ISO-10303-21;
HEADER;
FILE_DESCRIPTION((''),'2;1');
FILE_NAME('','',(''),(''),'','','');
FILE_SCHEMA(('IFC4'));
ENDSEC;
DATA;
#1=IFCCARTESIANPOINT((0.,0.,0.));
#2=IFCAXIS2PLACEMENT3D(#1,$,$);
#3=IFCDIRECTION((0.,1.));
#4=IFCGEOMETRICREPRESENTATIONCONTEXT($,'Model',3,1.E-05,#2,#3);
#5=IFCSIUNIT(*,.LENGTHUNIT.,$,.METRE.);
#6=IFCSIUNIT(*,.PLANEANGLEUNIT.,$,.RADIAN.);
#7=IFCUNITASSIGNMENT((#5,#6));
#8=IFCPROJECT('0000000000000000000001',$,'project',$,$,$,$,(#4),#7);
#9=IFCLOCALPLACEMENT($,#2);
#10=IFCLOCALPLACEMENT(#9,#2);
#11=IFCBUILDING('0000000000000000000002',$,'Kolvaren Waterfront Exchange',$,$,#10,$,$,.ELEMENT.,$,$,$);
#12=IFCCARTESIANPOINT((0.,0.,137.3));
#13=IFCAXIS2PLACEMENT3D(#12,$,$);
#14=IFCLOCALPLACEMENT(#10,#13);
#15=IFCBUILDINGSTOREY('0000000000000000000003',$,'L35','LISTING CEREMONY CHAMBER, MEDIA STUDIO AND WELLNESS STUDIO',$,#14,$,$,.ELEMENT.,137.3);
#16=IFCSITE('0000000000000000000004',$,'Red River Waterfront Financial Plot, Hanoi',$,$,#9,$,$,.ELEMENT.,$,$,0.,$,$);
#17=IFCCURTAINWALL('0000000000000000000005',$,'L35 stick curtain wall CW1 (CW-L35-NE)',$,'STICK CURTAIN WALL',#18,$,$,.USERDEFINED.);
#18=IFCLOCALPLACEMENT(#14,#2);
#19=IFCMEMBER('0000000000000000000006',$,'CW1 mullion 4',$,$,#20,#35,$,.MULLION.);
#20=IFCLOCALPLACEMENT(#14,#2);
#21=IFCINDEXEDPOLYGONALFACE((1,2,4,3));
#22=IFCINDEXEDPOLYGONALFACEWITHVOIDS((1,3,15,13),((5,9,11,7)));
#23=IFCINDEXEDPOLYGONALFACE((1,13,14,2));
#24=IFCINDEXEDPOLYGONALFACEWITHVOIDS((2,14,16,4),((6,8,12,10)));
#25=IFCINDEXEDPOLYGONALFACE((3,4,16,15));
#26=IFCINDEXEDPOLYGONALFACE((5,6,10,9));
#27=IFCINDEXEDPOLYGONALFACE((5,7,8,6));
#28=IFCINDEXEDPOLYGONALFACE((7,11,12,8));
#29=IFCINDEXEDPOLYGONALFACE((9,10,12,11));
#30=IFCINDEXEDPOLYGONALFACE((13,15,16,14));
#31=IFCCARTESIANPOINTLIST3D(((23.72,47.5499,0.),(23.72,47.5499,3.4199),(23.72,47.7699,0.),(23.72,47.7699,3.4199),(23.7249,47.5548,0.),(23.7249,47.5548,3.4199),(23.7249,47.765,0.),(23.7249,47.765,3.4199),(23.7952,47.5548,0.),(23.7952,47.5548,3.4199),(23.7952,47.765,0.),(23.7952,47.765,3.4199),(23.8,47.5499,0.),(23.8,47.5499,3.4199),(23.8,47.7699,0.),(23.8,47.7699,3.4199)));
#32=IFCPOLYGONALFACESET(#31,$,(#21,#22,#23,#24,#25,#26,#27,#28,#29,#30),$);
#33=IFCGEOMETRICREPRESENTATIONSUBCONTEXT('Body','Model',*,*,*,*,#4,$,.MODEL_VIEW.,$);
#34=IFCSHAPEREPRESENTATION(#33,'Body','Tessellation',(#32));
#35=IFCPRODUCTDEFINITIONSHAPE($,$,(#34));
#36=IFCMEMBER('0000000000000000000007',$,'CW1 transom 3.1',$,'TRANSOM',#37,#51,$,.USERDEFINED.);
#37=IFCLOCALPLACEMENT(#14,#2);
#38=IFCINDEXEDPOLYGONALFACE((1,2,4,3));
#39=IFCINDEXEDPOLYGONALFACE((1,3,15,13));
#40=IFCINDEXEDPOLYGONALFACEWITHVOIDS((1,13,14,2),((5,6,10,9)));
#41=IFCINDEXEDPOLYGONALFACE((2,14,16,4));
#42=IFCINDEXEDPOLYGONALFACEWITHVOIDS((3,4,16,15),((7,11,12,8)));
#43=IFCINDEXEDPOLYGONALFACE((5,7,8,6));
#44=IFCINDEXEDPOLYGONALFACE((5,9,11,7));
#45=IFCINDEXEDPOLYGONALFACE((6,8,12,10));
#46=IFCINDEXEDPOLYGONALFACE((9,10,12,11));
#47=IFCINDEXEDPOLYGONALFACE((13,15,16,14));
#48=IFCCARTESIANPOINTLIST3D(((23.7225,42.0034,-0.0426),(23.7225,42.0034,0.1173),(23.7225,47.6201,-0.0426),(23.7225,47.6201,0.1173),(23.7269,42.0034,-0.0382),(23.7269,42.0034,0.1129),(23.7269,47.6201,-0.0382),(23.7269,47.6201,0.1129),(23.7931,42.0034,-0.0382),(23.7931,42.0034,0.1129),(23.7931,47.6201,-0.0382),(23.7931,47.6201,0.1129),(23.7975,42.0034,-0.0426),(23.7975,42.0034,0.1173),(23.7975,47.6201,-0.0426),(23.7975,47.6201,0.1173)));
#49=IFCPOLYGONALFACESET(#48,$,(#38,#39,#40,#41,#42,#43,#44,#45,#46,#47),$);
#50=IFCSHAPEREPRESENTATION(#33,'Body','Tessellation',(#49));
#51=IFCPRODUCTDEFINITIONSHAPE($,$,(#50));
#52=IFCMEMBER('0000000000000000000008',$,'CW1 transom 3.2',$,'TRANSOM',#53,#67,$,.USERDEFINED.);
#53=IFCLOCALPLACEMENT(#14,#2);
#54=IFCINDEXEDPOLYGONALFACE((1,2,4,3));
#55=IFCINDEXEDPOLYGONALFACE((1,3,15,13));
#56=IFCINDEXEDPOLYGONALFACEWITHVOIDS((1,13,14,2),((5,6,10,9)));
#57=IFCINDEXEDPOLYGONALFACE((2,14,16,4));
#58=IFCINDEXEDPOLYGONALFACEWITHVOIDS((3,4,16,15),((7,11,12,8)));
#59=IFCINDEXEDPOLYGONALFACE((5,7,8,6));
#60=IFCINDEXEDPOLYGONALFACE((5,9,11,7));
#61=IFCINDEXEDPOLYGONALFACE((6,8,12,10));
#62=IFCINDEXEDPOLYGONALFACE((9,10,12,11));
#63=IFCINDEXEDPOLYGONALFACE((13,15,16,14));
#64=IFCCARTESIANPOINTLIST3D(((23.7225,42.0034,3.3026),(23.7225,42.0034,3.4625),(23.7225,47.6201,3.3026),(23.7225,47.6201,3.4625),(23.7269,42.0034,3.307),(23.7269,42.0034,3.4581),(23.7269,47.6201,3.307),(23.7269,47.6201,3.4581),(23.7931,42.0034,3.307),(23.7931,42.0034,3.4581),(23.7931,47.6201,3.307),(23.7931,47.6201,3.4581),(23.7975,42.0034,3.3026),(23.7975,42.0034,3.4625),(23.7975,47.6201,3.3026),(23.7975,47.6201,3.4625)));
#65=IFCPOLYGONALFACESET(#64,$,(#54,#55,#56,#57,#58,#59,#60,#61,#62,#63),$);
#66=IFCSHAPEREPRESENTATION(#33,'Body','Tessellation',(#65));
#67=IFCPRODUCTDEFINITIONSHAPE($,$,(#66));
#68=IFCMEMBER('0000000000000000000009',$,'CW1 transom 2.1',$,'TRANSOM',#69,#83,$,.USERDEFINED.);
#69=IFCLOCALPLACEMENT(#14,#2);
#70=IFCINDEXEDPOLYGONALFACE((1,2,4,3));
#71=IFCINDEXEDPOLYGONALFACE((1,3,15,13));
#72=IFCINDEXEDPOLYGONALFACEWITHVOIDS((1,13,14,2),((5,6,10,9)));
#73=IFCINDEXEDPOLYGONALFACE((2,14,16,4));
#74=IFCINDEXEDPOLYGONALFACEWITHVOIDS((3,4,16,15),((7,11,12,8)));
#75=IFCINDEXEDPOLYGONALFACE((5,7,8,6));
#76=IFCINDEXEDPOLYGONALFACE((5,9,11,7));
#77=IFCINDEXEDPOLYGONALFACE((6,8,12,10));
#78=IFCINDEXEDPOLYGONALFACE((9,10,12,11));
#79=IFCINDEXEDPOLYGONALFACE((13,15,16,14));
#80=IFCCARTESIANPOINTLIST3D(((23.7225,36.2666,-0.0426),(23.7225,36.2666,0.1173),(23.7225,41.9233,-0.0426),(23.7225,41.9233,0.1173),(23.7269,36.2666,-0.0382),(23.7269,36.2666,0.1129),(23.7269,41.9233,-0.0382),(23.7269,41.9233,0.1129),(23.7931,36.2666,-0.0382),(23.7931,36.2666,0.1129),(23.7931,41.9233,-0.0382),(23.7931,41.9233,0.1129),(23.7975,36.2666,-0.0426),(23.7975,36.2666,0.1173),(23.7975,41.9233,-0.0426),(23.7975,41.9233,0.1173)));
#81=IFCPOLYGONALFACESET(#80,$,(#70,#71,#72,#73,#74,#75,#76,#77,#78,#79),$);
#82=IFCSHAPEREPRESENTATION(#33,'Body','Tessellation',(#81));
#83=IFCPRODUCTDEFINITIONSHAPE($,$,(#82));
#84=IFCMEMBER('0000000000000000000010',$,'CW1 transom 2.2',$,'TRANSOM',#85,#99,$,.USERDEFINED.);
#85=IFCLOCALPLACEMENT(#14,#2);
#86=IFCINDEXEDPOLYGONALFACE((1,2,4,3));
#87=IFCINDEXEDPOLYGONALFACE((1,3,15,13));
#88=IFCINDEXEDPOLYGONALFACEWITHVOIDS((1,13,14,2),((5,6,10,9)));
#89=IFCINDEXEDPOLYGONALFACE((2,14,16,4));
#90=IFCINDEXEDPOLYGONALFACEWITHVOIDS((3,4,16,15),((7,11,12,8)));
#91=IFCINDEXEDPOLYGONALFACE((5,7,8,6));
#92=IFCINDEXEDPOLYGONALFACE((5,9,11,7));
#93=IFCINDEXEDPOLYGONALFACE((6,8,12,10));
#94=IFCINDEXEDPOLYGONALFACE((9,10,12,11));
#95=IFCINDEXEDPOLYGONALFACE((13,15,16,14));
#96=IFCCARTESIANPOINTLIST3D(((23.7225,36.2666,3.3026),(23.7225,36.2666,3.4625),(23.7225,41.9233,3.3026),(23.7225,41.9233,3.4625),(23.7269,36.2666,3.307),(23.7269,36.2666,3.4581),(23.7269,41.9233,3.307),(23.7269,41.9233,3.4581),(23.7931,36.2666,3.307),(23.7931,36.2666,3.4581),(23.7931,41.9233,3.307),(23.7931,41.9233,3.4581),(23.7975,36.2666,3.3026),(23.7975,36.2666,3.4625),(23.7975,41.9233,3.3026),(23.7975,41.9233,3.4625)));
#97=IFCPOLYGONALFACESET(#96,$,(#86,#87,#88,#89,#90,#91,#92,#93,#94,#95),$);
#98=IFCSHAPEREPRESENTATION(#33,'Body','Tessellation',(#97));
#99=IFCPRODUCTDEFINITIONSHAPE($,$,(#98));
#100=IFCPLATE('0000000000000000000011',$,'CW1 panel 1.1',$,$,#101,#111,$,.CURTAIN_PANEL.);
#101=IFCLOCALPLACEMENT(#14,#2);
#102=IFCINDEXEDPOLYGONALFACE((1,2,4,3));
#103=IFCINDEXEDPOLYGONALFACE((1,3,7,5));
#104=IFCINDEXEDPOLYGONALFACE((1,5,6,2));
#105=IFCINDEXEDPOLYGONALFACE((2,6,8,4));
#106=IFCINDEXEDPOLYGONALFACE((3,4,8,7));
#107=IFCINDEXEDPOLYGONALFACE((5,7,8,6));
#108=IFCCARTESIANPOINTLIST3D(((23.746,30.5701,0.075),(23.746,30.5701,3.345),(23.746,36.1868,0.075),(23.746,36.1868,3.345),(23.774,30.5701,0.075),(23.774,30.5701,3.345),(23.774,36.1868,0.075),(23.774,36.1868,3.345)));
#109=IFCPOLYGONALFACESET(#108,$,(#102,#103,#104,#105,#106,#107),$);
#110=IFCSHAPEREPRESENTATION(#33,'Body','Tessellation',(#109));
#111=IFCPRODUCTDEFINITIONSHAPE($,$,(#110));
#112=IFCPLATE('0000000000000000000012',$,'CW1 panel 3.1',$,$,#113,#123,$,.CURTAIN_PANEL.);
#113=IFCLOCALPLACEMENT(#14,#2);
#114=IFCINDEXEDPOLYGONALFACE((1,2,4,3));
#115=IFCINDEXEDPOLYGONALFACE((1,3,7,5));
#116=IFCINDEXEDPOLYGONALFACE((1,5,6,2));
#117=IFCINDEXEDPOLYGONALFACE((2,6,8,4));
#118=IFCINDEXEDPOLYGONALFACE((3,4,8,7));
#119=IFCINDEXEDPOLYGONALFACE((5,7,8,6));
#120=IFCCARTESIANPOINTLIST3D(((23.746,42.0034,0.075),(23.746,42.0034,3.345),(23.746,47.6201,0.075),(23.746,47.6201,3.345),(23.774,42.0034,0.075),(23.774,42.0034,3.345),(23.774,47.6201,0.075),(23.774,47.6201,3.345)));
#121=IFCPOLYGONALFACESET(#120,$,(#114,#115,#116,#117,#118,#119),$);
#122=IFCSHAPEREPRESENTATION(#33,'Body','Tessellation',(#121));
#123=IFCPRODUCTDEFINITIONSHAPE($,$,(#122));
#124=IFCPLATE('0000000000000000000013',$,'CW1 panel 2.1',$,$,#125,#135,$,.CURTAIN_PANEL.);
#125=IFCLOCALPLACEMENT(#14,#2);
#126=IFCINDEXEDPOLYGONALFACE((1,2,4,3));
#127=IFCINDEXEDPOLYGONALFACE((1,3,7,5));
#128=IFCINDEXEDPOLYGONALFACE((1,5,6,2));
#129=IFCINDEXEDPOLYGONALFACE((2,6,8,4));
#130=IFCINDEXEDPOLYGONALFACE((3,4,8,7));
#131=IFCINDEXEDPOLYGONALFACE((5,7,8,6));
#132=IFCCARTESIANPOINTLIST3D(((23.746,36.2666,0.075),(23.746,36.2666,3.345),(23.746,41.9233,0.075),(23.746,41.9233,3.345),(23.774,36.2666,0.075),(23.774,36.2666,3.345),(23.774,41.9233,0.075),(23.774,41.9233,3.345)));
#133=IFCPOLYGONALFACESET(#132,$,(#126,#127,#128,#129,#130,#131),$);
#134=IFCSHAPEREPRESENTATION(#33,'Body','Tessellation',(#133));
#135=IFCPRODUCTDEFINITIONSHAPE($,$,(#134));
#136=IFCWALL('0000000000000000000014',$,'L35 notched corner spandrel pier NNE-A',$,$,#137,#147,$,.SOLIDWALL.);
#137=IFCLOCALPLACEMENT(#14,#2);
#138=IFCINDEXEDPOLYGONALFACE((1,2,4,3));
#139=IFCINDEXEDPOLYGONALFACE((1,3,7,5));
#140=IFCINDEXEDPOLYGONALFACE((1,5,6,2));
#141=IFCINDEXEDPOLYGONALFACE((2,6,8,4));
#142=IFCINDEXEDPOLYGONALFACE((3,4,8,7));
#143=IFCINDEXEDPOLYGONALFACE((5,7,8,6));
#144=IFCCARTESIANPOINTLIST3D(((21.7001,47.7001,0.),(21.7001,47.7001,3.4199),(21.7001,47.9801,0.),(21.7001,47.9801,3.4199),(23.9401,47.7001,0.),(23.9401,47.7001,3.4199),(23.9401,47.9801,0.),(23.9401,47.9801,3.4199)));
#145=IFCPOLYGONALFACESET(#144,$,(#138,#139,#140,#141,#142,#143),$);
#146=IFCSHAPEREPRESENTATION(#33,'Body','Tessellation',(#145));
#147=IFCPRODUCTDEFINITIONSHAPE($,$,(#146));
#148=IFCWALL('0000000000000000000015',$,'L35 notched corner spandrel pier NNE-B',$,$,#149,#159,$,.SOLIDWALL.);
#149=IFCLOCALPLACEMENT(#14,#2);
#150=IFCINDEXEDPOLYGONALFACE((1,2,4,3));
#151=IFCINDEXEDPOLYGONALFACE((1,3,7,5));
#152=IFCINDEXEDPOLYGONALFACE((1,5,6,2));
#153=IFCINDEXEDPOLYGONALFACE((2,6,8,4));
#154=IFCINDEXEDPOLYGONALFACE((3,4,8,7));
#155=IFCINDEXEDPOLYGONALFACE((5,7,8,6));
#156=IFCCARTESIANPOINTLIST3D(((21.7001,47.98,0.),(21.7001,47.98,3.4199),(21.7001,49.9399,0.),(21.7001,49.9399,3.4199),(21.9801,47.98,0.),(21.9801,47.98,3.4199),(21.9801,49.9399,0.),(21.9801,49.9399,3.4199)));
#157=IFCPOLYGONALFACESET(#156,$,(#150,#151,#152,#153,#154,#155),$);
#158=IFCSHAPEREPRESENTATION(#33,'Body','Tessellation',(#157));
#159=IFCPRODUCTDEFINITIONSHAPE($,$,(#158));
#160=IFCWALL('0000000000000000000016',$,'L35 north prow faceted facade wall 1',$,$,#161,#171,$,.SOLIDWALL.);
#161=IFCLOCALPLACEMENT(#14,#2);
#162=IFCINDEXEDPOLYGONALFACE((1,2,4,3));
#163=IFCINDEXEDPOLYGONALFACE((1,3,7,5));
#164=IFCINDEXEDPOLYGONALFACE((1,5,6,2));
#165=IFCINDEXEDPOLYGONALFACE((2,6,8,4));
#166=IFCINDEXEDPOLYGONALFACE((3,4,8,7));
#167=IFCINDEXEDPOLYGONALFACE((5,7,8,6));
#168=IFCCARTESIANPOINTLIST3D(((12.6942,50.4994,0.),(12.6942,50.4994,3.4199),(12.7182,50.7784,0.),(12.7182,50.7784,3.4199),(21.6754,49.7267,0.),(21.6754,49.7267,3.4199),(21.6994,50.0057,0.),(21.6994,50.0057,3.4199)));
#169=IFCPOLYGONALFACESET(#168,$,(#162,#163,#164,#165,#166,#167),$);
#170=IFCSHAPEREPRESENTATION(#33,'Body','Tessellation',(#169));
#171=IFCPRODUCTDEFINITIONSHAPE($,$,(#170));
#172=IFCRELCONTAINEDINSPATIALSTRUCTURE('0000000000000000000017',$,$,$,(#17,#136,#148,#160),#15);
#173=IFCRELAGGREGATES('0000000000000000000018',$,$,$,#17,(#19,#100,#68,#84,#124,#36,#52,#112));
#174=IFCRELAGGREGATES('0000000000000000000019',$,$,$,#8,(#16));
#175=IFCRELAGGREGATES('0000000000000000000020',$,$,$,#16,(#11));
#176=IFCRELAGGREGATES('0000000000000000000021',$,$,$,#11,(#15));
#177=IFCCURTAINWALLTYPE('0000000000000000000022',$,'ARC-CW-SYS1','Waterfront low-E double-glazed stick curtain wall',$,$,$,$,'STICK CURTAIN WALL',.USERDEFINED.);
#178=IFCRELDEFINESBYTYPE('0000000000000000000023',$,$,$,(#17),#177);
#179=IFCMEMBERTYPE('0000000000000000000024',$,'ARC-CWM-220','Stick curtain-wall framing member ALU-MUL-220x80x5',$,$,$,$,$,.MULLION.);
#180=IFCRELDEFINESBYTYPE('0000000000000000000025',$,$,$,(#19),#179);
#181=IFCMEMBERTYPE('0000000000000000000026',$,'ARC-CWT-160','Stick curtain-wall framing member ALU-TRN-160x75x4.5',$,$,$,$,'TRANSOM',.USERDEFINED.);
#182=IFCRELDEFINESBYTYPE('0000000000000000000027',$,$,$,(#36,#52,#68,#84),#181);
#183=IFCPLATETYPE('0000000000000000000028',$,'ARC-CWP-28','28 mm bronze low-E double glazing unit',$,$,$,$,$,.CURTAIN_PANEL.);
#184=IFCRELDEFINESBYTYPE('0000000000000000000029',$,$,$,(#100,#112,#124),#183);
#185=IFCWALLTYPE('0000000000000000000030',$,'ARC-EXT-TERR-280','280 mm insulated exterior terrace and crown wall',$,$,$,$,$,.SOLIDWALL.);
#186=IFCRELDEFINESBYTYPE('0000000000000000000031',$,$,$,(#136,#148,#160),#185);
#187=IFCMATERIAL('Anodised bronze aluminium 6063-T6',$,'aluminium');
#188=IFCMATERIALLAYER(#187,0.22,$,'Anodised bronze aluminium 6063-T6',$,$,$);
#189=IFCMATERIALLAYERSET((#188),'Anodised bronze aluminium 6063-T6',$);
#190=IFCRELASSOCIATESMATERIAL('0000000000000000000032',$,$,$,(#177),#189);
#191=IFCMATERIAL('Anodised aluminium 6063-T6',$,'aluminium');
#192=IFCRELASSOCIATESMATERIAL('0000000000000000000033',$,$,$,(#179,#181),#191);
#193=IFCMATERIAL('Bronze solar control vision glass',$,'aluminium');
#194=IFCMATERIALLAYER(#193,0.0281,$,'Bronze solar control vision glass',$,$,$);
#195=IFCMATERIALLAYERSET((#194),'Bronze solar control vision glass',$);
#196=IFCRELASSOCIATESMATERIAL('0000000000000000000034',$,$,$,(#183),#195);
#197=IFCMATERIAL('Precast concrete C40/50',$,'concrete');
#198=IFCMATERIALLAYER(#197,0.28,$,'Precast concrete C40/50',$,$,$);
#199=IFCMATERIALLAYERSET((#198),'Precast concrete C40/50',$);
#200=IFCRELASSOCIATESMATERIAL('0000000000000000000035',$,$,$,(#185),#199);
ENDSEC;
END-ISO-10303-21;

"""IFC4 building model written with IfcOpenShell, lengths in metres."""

from ifc_helpers import new_model, si_unit, direction, frame, frame_2d, origin, origin_with_axes, origin_2d, place, context, subcontext, project, spatial, rectangle, hollow_rectangle, extrude, source, transform, mapped, material, layer, layer_set, material_profile, profile_set, type_object, element, aggregate, save


model = new_model("IFC4")

# Units and contexts
model_context = context("Model", 3, precision=1e-05, world=origin(), true_north=direction((0.0, 1.0)))
body_context = subcontext(model_context, "Body", "Model", "MODEL_VIEW")
ifc_project = project(units=[si_unit("LENGTHUNIT", "METRE"), si_unit("PLANEANGLEUNIT", "RADIAN")], contexts=[model_context])

# Site, building, storey
site_placement = place(None, origin())
site = spatial("IfcSite", under=ifc_project, at=site_placement, Name="Red River Waterfront Financial Plot, Hanoi", CompositionType="ELEMENT", RefElevation=0.0)
building_placement = place(site_placement, origin())
building = spatial("IfcBuilding", under=site, at=building_placement, Name="Kolvaren Waterfront Exchange", CompositionType="ELEMENT")
storey_placement = place(building_placement, frame((0.0, 0.0, 137.3)))
storey = spatial("IfcBuildingStorey", under=building, at=storey_placement, Name="L35", Description="LISTING CEREMONY CHAMBER, MEDIA STUDIO AND WELLNESS STUDIO", CompositionType="ELEMENT", Elevation=137.3)

# Curtain wall, members, plates
ifc_material_1 = material(Name="Anodised bronze aluminium 6063-T6", Category="aluminium")
ifc_layer_1 = layer(ifc_material_1, 0.22, Name="Anodised bronze aluminium 6063-T6")
ifc_layer_set_1 = layer_set([ifc_layer_1], Name="Anodised bronze aluminium 6063-T6")
curtain_wall_type = type_object("IfcCurtainWallType", Name="ARC-CW-SYS1", Description="Waterfront low-E double-glazed stick curtain wall", ElementType="STICK CURTAIN WALL", PredefinedType="USERDEFINED", material=ifc_layer_set_1)
curtain_wall_placement = place(storey_placement, origin())
curtain_wall = element("IfcCurtainWall", 1, at=curtain_wall_placement, inside=storey, type_object=curtain_wall_type, Name="L35 stick curtain wall CW1 (CW-L35-NE)", ObjectType="STICK CURTAIN WALL", PredefinedType="USERDEFINED")
ifc_material_2 = material(Name="Anodised aluminium 6063-T6", Category="aluminium")
ifc_material_profile_1 = material_profile(ifc_material_2, hollow_rectangle(XDim=0.0801, YDim=0.22, WallThickness=0.0049, at=origin_2d()), Name="ALU-MUL-220x80x5")
ifc_profile_set_1 = profile_set([ifc_material_profile_1], Name="Anodised aluminium 6063-T6")
member_type_1 = type_object("IfcMemberType", Name="ARC-CWM-220", Description="Stick curtain-wall framing member ALU-MUL-220x80x5", PredefinedType="MULLION", material=ifc_profile_set_1)
shared_shape_1 = source(origin_with_axes(), body_context, "Body", "SweptSolid", [
    extrude(hollow_rectangle(XDim=0.0801, YDim=0.22, WallThickness=0.0049, at=origin_2d()), origin(), (0.0, 0.0, 1.0), 3.4199),
])
member_1_placement = place(storey_placement, frame((23.76, 47.6599, 0.0), z_axis=(0.0, 0.0, 1.0), x_axis=(-1.0, 0.0, 0.0)))
member_1 = element("IfcMember", 2, at=member_1_placement, type_object=member_type_1, Name="CW1 mullion 4", PredefinedType="MULLION", context=body_context, shape_type="MappedRepresentation", body=[
    mapped(shared_shape_1, transform((0.0, 0.0, 0.0), x_axis=(1.0, 0.0, 0.0), y_axis=(0.0, 1.0, 0.0), z_axis=(0.0, 0.0, 1.0), scale=1.0)),
])
ifc_material_profile_2 = material_profile(ifc_material_2, hollow_rectangle(XDim=0.075, YDim=0.1599, WallThickness=0.0044, at=origin_2d()), Name="ALU-TRN-160x75x4.5")
ifc_profile_set_2 = profile_set([ifc_material_profile_2], Name="Anodised aluminium 6063-T6")
member_type_2 = type_object("IfcMemberType", Name="ARC-CWT-160", Description="Stick curtain-wall framing member ALU-TRN-160x75x4.5", ElementType="TRANSOM", PredefinedType="USERDEFINED", material=ifc_profile_set_2)
shared_shape_2 = source(origin_with_axes(), body_context, "Body", "SweptSolid", [
    extrude(hollow_rectangle(XDim=0.075, YDim=0.1599, WallThickness=0.0044, at=origin_2d()), origin(), (0.0, 0.0, 1.0), 5.6167),
])
member_2_placement = place(storey_placement, frame((23.76, 42.0034, 0.0374), z_axis=(0.0, 1.0, 0.0), x_axis=(-1.0, 0.0, 0.0)))
member_2 = element("IfcMember", 3, at=member_2_placement, type_object=member_type_2, Name="CW1 transom 3.1", ObjectType="TRANSOM", PredefinedType="USERDEFINED", context=body_context, shape_type="MappedRepresentation", body=[
    mapped(shared_shape_2, transform((0.0, 0.0, 0.0), x_axis=(1.0, 0.0, 0.0), y_axis=(0.0, 1.0, 0.0), z_axis=(0.0, 0.0, 1.0), scale=1.0)),
])
member_3_placement = place(storey_placement, frame((23.76, 42.0034, 3.3826), z_axis=(0.0, 1.0, 0.0), x_axis=(-1.0, 0.0, 0.0)))
member_3 = element("IfcMember", 4, at=member_3_placement, type_object=member_type_2, Name="CW1 transom 3.2", ObjectType="TRANSOM", PredefinedType="USERDEFINED", context=body_context, shape_type="MappedRepresentation", body=[
    mapped(shared_shape_2, transform((0.0, 0.0, 0.0), x_axis=(1.0, 0.0, 0.0), y_axis=(0.0, 1.0, 0.0), z_axis=(0.0, 0.0, 1.0), scale=1.0)),
])
shared_shape_3 = source(origin_with_axes(), body_context, "Body", "SweptSolid", [
    extrude(hollow_rectangle(XDim=0.075, YDim=0.1599, WallThickness=0.0044, at=origin_2d()), origin(), (0.0, 0.0, 1.0), 5.6567),
])
member_4_placement = place(storey_placement, frame((23.76, 36.2666, 0.0374), z_axis=(0.0, 1.0, 0.0), x_axis=(-1.0, 0.0, 0.0)))
member_4 = element("IfcMember", 5, at=member_4_placement, type_object=member_type_2, Name="CW1 transom 2.1", ObjectType="TRANSOM", PredefinedType="USERDEFINED", context=body_context, shape_type="MappedRepresentation", body=[
    mapped(shared_shape_3, transform((0.0, 0.0, 0.0), x_axis=(1.0, 0.0, 0.0), y_axis=(0.0, 1.0, 0.0), z_axis=(0.0, 0.0, 1.0), scale=1.0)),
])
member_5_placement = place(storey_placement, frame((23.76, 36.2666, 3.3826), z_axis=(0.0, 1.0, 0.0), x_axis=(-1.0, 0.0, 0.0)))
member_5 = element("IfcMember", 6, at=member_5_placement, type_object=member_type_2, Name="CW1 transom 2.2", ObjectType="TRANSOM", PredefinedType="USERDEFINED", context=body_context, shape_type="MappedRepresentation", body=[
    mapped(shared_shape_3, transform((0.0, 0.0, 0.0), x_axis=(1.0, 0.0, 0.0), y_axis=(0.0, 1.0, 0.0), z_axis=(0.0, 0.0, 1.0), scale=1.0)),
])
ifc_material_3 = material(Name="Bronze solar control vision glass", Category="aluminium")
ifc_layer_2 = layer(ifc_material_3, 0.0281, Name="Bronze solar control vision glass")
ifc_layer_set_2 = layer_set([ifc_layer_2], Name="Bronze solar control vision glass")
plate_type = type_object("IfcPlateType", Name="ARC-CWP-28", Description="28 mm bronze low-E double glazing unit", PredefinedType="CURTAIN_PANEL", material=ifc_layer_set_2)
shared_shape_4 = source(origin_with_axes(), body_context, "Body", "SweptSolid", [
    extrude(rectangle(XDim=5.6167, YDim=0.0281, at=origin_2d()), origin(), (0.0, 0.0, 1.0), 3.27),
])
plate_1_placement = place(storey_placement, frame((23.76, 33.3784, 0.075), z_axis=(0.0, 0.0, 1.0), x_axis=(0.0, 1.0, 0.0)))
plate_1 = element("IfcPlate", 7, at=plate_1_placement, type_object=plate_type, Name="CW1 panel 1.1", PredefinedType="CURTAIN_PANEL", context=body_context, shape_type="MappedRepresentation", body=[
    mapped(shared_shape_4, transform((0.0, 0.0, 0.0), x_axis=(1.0, 0.0, 0.0), y_axis=(0.0, 1.0, 0.0), z_axis=(0.0, 0.0, 1.0), scale=1.0)),
])
plate_2_placement = place(storey_placement, frame((23.76, 44.8118, 0.075), z_axis=(0.0, 0.0, 1.0), x_axis=(0.0, 1.0, 0.0)))
plate_2 = element("IfcPlate", 8, at=plate_2_placement, type_object=plate_type, Name="CW1 panel 3.1", PredefinedType="CURTAIN_PANEL", context=body_context, shape_type="MappedRepresentation", body=[
    mapped(shared_shape_4, transform((0.0, 0.0, 0.0), x_axis=(1.0, 0.0, 0.0), y_axis=(0.0, 1.0, 0.0), z_axis=(0.0, 0.0, 1.0), scale=1.0)),
])
shared_shape_5 = source(origin_with_axes(), body_context, "Body", "SweptSolid", [
    extrude(rectangle(XDim=5.6567, YDim=0.0281, at=origin_2d()), origin(), (0.0, 0.0, 1.0), 3.27),
])
plate_3_placement = place(storey_placement, frame((23.76, 39.095, 0.075), z_axis=(0.0, 0.0, 1.0), x_axis=(0.0, 1.0, 0.0)))
plate_3 = element("IfcPlate", 9, at=plate_3_placement, type_object=plate_type, Name="CW1 panel 2.1", PredefinedType="CURTAIN_PANEL", context=body_context, shape_type="MappedRepresentation", body=[
    mapped(shared_shape_5, transform((0.0, 0.0, 0.0), x_axis=(1.0, 0.0, 0.0), y_axis=(0.0, 1.0, 0.0), z_axis=(0.0, 0.0, 1.0), scale=1.0)),
])
aggregate(curtain_wall, [member_1, plate_1, member_4, member_5, plate_3, member_2, member_3, plate_2])

# Walls
ifc_material_4 = material(Name="Precast concrete C40/50", Category="concrete")
ifc_layer_3 = layer(ifc_material_4, 0.28, Name="Precast concrete C40/50")
ifc_layer_set_3 = layer_set([ifc_layer_3], Name="Precast concrete C40/50")
wall_type = type_object("IfcWallType", Name="ARC-EXT-TERR-280", Description="280 mm insulated exterior terrace and crown wall", PredefinedType="SOLIDWALL", material=ifc_layer_set_3)
wall_1_placement = place(storey_placement, frame((21.7, 47.8401, 0.0), z_axis=(0.0, 0.0, 1.0), x_axis=(1.0, 0.0, 0.0)))
element("IfcWall", 10, at=wall_1_placement, inside=storey, type_object=wall_type, Name="L35 notched corner spandrel pier NNE-A", PredefinedType="SOLIDWALL", context=body_context, shape_type="SweptSolid", body=[
    extrude(rectangle(XDim=2.24, YDim=0.28, at=frame_2d((1.1201, 0.0))), origin(), (0.0, 0.0, 1.0), 3.4199),
])
wall_2_placement = place(storey_placement, frame((21.8401, 47.98, 0.0), z_axis=(0.0, 0.0, 1.0), x_axis=(0.0, 1.0, 0.0)))
element("IfcWall", 11, at=wall_2_placement, inside=storey, type_object=wall_type, Name="L35 notched corner spandrel pier NNE-B", PredefinedType="SOLIDWALL", context=body_context, shape_type="SweptSolid", body=[
    extrude(rectangle(XDim=1.96, YDim=0.28, at=frame_2d((0.98, 0.0))), origin(), (0.0, 0.0, 1.0), 3.4199),
])
wall_3_placement = place(storey_placement, frame((21.6875, 49.8662, 0.0), z_axis=(0.0, 0.0, 1.0), x_axis=(-0.996319, 0.085719, 0.0)))
element("IfcWall", 12, at=wall_3_placement, inside=storey, type_object=wall_type, Name="L35 north prow faceted facade wall 1", PredefinedType="SOLIDWALL", context=body_context, shape_type="SweptSolid", body=[
    extrude(rectangle(XDim=9.0144, YDim=0.28, at=frame_2d((4.5073, 0.0))), origin(), (0.0, 0.0, 1.0), 3.4199),
])

save(model, "model.ifc")
